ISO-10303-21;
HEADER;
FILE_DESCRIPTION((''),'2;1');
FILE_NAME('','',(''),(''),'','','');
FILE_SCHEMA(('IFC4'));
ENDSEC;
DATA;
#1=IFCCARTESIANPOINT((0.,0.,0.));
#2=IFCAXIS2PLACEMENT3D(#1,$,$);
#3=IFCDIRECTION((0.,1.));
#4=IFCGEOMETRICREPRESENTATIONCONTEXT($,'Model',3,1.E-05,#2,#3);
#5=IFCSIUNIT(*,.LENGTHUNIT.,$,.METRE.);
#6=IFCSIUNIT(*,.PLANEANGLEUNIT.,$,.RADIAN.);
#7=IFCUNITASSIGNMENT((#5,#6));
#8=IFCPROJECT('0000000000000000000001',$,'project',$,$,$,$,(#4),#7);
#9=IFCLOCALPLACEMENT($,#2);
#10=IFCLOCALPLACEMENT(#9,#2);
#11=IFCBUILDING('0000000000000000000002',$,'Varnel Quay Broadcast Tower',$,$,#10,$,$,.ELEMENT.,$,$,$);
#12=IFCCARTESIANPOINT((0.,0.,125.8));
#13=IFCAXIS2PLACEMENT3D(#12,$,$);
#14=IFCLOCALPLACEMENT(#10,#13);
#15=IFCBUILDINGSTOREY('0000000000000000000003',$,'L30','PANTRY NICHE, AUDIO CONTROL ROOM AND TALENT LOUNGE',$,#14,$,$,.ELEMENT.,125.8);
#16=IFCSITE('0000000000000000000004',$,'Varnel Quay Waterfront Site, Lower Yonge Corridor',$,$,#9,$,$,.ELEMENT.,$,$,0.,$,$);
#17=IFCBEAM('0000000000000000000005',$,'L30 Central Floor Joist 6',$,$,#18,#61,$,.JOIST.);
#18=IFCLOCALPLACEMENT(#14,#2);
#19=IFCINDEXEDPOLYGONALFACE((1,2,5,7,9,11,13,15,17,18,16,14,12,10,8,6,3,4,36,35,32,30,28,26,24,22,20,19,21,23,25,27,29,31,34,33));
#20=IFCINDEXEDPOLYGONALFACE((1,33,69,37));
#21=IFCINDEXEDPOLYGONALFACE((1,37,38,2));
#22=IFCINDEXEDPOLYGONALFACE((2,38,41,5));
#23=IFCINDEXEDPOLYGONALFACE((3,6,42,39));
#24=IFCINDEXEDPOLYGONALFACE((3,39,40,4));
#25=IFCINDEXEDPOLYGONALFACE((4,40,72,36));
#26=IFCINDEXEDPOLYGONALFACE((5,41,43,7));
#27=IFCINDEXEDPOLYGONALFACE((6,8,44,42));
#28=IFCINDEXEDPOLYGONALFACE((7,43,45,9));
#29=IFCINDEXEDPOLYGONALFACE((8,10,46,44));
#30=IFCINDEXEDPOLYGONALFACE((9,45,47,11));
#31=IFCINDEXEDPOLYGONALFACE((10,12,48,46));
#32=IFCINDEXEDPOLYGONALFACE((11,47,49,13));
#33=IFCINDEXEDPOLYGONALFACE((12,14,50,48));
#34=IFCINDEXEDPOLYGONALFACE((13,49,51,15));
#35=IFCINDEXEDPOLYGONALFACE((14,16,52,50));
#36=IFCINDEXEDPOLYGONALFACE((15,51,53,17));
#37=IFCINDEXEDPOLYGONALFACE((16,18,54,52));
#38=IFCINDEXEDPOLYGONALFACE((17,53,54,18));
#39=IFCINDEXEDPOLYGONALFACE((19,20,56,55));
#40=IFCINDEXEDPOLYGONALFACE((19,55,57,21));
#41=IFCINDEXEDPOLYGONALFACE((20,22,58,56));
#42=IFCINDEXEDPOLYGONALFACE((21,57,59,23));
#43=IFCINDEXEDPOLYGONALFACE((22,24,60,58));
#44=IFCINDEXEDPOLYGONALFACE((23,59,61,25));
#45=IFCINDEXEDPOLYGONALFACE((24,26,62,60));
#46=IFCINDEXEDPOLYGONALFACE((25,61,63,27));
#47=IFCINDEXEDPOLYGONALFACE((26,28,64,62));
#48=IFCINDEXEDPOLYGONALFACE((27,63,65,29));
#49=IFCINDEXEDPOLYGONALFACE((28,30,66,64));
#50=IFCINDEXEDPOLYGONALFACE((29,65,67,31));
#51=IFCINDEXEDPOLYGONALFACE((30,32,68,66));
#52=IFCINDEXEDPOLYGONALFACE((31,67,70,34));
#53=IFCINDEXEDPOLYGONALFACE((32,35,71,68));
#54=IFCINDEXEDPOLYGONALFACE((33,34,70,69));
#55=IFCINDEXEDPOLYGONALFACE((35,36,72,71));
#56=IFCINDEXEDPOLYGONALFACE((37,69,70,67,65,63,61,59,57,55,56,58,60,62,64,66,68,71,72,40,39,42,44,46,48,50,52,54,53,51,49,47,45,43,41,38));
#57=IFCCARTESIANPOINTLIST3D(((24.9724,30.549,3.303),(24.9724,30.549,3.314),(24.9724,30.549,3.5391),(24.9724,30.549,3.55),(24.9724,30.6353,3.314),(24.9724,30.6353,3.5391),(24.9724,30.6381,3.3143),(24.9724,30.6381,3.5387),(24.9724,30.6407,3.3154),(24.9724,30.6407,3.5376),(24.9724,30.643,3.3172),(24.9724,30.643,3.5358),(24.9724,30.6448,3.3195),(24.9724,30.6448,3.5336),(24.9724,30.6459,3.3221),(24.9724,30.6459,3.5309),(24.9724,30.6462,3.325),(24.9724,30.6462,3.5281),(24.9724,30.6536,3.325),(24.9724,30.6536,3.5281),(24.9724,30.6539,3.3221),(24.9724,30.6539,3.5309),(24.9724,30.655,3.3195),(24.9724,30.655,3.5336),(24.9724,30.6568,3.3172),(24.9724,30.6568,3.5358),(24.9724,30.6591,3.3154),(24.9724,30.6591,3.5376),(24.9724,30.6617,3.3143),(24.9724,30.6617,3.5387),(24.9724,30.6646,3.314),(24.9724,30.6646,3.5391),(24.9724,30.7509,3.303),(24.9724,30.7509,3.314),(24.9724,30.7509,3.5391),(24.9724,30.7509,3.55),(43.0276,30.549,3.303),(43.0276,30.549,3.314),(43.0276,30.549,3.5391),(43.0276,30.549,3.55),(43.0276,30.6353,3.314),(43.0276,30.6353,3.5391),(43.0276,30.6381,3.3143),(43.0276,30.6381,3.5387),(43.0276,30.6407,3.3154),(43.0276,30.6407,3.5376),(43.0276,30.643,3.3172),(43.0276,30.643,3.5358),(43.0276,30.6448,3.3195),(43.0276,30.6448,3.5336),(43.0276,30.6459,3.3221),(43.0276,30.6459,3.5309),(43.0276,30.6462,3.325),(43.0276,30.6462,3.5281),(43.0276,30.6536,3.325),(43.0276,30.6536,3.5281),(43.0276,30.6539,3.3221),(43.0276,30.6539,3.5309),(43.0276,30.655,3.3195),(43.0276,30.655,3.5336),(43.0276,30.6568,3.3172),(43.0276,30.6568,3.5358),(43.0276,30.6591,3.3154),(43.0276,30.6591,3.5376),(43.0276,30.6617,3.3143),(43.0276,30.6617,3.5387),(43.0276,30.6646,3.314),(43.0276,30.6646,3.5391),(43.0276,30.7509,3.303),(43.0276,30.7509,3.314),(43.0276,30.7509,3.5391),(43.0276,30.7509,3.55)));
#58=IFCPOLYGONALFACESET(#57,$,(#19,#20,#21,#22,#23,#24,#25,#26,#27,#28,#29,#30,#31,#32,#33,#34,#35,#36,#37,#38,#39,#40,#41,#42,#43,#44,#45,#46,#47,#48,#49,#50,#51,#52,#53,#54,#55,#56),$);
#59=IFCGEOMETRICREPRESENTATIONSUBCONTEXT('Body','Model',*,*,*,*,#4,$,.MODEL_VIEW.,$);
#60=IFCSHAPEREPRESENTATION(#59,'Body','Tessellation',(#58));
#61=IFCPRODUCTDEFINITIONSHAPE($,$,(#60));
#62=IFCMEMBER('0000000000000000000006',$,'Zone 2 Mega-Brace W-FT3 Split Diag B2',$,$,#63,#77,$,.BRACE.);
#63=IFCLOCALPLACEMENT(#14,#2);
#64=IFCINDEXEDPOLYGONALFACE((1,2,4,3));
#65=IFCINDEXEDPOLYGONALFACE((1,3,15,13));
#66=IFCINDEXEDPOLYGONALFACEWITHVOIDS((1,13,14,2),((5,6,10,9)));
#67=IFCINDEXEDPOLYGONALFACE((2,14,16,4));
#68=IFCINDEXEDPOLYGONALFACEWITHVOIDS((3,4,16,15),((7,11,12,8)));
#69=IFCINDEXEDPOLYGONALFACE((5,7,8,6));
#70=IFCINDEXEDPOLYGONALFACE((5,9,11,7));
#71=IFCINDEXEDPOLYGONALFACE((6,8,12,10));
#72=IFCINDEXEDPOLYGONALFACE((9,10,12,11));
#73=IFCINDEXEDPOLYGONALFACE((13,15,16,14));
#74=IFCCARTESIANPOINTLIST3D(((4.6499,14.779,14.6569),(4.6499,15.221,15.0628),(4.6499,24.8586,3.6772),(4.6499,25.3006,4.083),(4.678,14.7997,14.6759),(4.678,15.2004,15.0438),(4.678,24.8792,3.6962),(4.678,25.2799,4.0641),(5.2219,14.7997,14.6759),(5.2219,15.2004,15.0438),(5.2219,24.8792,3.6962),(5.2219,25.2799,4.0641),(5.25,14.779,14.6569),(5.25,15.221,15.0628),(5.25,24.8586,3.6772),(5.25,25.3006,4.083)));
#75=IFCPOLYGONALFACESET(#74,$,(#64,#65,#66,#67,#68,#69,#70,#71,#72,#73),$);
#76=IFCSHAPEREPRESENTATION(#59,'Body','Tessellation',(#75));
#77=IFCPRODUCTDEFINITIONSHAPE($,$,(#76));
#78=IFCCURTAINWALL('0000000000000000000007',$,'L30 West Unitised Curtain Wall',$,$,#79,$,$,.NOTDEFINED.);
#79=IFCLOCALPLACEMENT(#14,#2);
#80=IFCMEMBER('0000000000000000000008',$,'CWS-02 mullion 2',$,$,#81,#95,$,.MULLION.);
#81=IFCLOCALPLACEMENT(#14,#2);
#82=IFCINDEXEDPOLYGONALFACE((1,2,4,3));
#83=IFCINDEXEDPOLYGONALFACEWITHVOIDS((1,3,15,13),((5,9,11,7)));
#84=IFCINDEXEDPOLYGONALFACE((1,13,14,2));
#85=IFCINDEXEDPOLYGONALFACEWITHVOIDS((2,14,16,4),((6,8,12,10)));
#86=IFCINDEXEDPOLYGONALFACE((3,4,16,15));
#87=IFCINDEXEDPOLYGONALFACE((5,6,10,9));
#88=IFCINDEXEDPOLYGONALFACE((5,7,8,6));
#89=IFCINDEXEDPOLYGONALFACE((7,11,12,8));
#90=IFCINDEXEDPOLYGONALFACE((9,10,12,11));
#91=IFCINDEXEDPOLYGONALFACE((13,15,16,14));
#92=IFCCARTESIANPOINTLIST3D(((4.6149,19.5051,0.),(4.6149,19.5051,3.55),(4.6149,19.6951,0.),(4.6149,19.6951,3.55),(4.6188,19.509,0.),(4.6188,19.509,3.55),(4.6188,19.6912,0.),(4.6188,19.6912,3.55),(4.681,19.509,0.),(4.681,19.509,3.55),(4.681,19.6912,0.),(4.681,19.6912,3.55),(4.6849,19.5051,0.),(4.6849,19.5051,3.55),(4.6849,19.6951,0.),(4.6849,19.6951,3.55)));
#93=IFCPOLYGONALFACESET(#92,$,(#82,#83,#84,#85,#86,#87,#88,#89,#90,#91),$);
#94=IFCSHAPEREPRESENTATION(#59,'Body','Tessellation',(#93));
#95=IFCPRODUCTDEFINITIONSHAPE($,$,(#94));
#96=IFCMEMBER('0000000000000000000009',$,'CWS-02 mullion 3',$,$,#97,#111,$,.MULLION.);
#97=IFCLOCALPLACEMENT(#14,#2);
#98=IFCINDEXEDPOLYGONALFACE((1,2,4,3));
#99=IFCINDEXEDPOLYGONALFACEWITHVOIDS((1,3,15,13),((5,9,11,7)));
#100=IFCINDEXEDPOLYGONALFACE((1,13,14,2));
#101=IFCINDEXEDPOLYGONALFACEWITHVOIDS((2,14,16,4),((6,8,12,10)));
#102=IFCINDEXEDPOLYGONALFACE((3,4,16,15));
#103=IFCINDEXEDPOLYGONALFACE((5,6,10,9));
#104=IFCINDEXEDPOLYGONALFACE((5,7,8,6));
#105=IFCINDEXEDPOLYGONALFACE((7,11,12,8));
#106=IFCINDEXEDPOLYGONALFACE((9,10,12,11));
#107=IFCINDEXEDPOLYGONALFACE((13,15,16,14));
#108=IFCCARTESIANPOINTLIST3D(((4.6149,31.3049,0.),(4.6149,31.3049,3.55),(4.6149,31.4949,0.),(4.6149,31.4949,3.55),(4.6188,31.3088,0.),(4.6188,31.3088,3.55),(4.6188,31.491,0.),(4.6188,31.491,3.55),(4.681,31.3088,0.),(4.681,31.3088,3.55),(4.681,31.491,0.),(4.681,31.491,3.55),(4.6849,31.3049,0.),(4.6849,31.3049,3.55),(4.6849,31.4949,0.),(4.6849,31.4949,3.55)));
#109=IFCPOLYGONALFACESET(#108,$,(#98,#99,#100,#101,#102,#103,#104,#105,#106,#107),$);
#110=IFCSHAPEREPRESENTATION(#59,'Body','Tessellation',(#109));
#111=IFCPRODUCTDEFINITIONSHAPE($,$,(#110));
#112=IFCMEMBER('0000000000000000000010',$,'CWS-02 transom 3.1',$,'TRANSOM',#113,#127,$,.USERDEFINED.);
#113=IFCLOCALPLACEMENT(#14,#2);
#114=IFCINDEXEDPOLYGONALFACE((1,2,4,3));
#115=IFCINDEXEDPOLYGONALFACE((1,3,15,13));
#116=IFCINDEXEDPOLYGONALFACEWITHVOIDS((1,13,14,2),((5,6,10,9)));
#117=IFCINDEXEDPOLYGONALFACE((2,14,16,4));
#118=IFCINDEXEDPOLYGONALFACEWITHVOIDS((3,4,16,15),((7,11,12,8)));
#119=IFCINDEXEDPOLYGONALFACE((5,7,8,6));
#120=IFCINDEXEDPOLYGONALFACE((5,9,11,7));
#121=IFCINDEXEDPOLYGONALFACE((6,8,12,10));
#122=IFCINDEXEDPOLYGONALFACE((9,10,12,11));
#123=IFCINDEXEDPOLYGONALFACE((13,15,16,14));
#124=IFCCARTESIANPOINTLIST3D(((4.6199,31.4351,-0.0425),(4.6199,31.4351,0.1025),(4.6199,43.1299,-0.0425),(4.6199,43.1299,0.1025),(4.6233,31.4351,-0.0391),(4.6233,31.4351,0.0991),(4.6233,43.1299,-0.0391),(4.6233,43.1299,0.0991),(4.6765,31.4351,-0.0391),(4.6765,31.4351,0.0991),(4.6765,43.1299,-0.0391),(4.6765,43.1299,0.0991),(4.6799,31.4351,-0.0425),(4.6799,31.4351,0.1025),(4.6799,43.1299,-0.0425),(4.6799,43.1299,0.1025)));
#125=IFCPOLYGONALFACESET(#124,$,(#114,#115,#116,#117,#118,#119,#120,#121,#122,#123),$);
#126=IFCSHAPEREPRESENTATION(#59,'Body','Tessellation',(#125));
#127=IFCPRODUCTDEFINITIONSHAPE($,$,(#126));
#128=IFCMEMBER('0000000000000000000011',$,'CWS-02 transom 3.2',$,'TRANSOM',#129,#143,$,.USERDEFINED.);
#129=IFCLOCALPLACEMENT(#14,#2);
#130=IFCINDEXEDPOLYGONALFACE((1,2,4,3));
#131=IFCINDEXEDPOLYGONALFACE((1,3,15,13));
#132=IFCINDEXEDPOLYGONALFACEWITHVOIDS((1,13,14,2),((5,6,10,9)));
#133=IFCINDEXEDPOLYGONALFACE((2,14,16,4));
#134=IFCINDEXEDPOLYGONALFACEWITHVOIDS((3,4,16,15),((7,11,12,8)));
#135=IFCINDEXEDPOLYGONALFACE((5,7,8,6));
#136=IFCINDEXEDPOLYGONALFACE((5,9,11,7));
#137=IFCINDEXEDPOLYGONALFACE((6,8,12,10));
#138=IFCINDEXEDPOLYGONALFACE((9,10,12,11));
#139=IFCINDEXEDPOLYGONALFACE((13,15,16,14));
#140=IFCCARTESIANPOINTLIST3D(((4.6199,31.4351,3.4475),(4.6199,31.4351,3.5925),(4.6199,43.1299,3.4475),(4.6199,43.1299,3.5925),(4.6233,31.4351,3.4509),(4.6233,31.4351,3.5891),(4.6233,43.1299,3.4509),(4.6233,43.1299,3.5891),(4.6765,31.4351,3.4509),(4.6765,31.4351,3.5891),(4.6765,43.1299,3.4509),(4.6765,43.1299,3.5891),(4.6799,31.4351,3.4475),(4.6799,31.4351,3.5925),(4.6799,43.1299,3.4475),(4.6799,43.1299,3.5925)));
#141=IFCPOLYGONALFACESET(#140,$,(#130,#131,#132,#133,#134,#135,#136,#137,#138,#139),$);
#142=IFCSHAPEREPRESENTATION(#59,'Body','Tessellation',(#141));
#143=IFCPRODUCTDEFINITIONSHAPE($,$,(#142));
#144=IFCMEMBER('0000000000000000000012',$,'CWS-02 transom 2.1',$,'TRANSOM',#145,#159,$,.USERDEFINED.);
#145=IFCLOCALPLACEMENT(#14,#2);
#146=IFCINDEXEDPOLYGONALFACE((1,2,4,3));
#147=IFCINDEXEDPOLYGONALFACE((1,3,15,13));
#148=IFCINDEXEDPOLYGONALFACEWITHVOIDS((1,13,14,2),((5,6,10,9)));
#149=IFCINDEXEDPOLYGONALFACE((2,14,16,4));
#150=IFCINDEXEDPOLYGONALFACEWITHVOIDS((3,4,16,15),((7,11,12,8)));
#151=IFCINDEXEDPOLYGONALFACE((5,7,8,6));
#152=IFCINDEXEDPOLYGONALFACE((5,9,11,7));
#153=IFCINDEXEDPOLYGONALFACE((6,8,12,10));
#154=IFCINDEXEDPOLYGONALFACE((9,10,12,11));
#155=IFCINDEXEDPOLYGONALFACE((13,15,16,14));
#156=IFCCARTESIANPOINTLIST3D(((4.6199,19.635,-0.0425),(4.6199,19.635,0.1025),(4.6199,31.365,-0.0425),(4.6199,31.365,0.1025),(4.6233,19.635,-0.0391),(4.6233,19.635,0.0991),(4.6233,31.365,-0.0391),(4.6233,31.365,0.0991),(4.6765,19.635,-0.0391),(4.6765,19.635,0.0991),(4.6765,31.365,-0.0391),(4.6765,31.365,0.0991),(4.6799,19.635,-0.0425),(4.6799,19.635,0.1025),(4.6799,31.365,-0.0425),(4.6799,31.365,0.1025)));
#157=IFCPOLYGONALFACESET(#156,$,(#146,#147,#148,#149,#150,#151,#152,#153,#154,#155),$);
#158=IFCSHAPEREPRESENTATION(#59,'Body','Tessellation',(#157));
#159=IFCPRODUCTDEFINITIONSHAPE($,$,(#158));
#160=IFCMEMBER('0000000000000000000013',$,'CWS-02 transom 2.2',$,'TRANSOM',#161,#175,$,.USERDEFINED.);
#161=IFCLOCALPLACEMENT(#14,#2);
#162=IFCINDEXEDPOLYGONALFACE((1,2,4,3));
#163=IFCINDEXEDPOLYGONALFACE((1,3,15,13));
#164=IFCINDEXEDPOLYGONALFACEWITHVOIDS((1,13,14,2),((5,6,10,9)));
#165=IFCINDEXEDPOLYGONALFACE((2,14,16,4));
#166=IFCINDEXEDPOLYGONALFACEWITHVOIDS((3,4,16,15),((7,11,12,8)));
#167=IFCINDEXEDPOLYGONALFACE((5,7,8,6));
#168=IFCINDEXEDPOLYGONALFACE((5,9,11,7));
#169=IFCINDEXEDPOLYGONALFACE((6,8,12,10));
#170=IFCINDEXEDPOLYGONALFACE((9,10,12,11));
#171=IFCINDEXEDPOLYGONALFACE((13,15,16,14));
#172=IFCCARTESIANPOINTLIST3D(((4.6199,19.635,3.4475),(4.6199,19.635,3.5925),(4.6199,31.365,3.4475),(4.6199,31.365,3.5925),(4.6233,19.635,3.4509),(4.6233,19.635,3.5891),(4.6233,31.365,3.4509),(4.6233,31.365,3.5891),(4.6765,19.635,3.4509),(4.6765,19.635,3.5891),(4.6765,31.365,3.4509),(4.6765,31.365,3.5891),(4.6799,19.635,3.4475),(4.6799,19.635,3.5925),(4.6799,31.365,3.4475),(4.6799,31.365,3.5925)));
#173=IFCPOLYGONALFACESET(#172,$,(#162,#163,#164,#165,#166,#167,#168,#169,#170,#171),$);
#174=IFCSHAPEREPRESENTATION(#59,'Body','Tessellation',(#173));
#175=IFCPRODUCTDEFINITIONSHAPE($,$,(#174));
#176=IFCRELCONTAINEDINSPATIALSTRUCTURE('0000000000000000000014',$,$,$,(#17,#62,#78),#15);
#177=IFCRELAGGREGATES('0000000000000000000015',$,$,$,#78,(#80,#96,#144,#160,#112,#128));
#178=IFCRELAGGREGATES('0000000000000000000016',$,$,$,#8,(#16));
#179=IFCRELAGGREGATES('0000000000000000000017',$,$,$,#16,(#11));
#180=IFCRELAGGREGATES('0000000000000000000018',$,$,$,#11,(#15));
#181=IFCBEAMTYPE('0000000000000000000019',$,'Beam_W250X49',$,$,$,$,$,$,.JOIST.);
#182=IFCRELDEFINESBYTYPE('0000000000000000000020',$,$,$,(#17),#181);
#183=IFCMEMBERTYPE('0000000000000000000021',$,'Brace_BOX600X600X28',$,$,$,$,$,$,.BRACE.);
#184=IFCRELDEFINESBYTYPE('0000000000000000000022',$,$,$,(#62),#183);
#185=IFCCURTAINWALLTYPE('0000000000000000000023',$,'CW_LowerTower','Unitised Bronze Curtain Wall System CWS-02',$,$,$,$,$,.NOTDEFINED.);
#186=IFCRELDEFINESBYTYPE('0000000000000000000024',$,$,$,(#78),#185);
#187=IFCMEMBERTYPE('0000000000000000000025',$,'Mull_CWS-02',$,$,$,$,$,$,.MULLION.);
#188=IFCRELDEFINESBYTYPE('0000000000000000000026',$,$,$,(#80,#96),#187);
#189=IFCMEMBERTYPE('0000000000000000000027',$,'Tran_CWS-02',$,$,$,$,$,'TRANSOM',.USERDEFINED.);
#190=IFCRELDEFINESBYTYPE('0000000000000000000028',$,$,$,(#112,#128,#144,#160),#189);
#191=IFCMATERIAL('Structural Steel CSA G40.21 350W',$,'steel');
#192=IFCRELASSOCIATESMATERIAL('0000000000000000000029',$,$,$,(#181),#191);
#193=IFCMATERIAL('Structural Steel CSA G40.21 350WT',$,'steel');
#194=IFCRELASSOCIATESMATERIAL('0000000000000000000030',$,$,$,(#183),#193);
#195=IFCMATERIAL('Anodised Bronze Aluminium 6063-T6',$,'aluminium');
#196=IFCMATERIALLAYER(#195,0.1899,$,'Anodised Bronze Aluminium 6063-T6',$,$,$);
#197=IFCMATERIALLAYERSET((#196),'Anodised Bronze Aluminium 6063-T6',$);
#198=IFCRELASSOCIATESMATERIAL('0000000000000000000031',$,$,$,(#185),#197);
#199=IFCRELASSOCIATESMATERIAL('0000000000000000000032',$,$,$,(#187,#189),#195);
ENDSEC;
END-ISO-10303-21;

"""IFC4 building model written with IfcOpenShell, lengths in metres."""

from ifc_helpers import new_model, si_unit, direction, frame, origin, origin_2d, place, context, subcontext, project, spatial, hollow_rectangle, i_section, extrude, source, transform, mapped, material, layer, layer_set, material_profile, profile_set, type_object, type_shapes, element, aggregate, save


model = new_model("IFC4")

# Units and contexts
model_context = context("Model", 3, precision=1e-05, world=origin(), true_north=direction((0.0, 1.0)))
body_context = subcontext(model_context, "Body", "Model", "MODEL_VIEW")
ifc_project = project(units=[si_unit("LENGTHUNIT", "METRE"), si_unit("PLANEANGLEUNIT", "RADIAN")], contexts=[model_context])

# Site, building, storey
site_placement = place(None, origin())
site = spatial("IfcSite", under=ifc_project, at=site_placement, Name="Varnel Quay Waterfront Site, Lower Yonge Corridor", CompositionType="ELEMENT", RefElevation=0.0)
building_placement = place(site_placement, origin())
building = spatial("IfcBuilding", under=site, at=building_placement, Name="Varnel Quay Broadcast Tower", CompositionType="ELEMENT")
storey_placement = place(building_placement, frame((0.0, 0.0, 125.8)))
storey = spatial("IfcBuildingStorey", under=building, at=storey_placement, Name="L30", Description="PANTRY NICHE, AUDIO CONTROL ROOM AND TALENT LOUNGE", CompositionType="ELEMENT", Elevation=125.8)

# Shared definitions
ifc_material_1 = material(Name="Structural Steel CSA G40.21 350WT", Category="steel")
ifc_material_2 = material(Name="Structural Steel CSA G40.21 350W", Category="steel")

# Beam
ifc_material_profile_1 = material_profile(ifc_material_2, i_section(OverallWidth=0.2019, OverallDepth=0.2471, WebThickness=0.0073, FlangeThickness=0.011, FilletRadius=0.011, at=origin_2d()), Name="W250X49")
ifc_profile_set_1 = profile_set([ifc_material_profile_1], Name="Structural Steel CSA G40.21 350W")
beam_type_1 = type_object("IfcBeamType", Name="Beam_W250X49", PredefinedType="JOIST", material=ifc_profile_set_1)
shared_shape_1 = source(origin(), body_context, "Body", "SweptSolid", [
    extrude(i_section(OverallWidth=0.2019, OverallDepth=0.2471, WebThickness=0.0073, FlangeThickness=0.011, FilletRadius=0.011, at=origin_2d()), origin(), (0.0, 0.0, 1.0), 18.0552),
])
for number, where, z_axis, x_axis, name in (
    (1, (24.9724, 30.6499, 3.4265), (1.0, 0.0, 0.0), (0.0, 1.0, 0.0), "L30 Central Floor Joist 6"),
):
    element("IfcBeam", number, at=place(storey_placement, frame(where, z_axis=z_axis, x_axis=x_axis)), inside=storey, type_object=beam_type_1, Name=name, PredefinedType="JOIST", context=body_context, shape_type="MappedRepresentation", body=[
        mapped(shared_shape_1, transform((0.0, 0.0, 0.0), x_axis=(1.0, 0.0, 0.0), y_axis=(0.0, 1.0, 0.0), z_axis=(0.0, 0.0, 1.0), scale=1.0)),
    ])

# Member
ifc_material_profile_2 = material_profile(ifc_material_1, hollow_rectangle(XDim=0.6001, YDim=0.6001, WallThickness=0.0281, at=origin_2d()), Name="BOX600X600X28")
ifc_profile_set_2 = profile_set([ifc_material_profile_2], Name="Structural Steel CSA G40.21 350WT")
member_type_1 = type_object("IfcMemberType", Name="Brace_BOX600X600X28", PredefinedType="BRACE", material=ifc_profile_set_2)
shared_shape_2 = source(origin(), body_context, "Body", "SweptSolid", [
    extrude(hollow_rectangle(XDim=0.6001, YDim=0.6001, WallThickness=0.0281, at=origin_2d()), origin(), (0.0, 0.0, 1.0), 14.9048),
])
type_shapes(member_type_1, [shared_shape_2])
member_1_placement = place(storey_placement, frame((4.95, 25.0796, 3.8801), z_axis=(0.0, -0.676265, 0.736658), x_axis=(1.0, 0.0, 0.0)))
element("IfcMember", 2, at=member_1_placement, inside=storey, type_object=member_type_1, Name="Zone 2 Mega-Brace W-FT3 Split Diag B2", PredefinedType="BRACE", context=body_context, shape_type="MappedRepresentation", body=[
    mapped(shared_shape_2, transform((0.0, 0.0, 0.0), x_axis=(1.0, 0.0, 0.0), y_axis=(0.0, 1.0, 0.0), z_axis=(0.0, 0.0, 1.0), scale=1.0)),
])

# Curtain wall, members
ifc_material_3 = material(Name="Anodised Bronze Aluminium 6063-T6", Category="aluminium")
ifc_layer_1 = layer(ifc_material_3, 0.1899, Name="Anodised Bronze Aluminium 6063-T6")
ifc_layer_set_1 = layer_set([ifc_layer_1], Name="Anodised Bronze Aluminium 6063-T6")
curtain_wall_type = type_object("IfcCurtainWallType", Name="CW_LowerTower", Description="Unitised Bronze Curtain Wall System CWS-02", PredefinedType="NOTDEFINED", material=ifc_layer_set_1)
curtain_wall_placement = place(storey_placement, origin())
curtain_wall = element("IfcCurtainWall", 3, at=curtain_wall_placement, inside=storey, type_object=curtain_wall_type, Name="L30 West Unitised Curtain Wall", PredefinedType="NOTDEFINED")
ifc_material_profile_3 = material_profile(ifc_material_3, hollow_rectangle(XDim=0.0701, YDim=0.1899, WallThickness=0.0039, at=origin_2d()), Name="ALU70X190X4")
ifc_profile_set_3 = profile_set([ifc_material_profile_3], Name="Anodised Bronze Aluminium 6063-T6")
member_type_2 = type_object("IfcMemberType", Name="Mull_CWS-02", PredefinedType="MULLION", material=ifc_profile_set_3)
shared_shape_3 = source(origin(), body_context, "Body", "SweptSolid", [
    extrude(hollow_rectangle(XDim=0.0701, YDim=0.1899, WallThickness=0.0039, at=origin_2d()), origin(), (0.0, 0.0, 1.0), 3.55),
])
type_shapes(member_type_2, [shared_shape_3])
member_2_placement = place(storey_placement, frame((4.6499, 19.6001, 0.0), z_axis=(0.0, 0.0, 1.0), x_axis=(-1.0, 0.0, 0.0)))
member_2 = element("IfcMember", 4, at=member_2_placement, type_object=member_type_2, Name="CWS-02 mullion 2", PredefinedType="MULLION", context=body_context, shape_type="MappedRepresentation", body=[
    mapped(shared_shape_3, transform((0.0, 0.0, 0.0), x_axis=(1.0, 0.0, 0.0), y_axis=(0.0, 1.0, 0.0), z_axis=(0.0, 0.0, 1.0), scale=1.0)),
])
member_3_placement = place(storey_placement, frame((4.6499, 31.3999, 0.0), z_axis=(0.0, 0.0, 1.0), x_axis=(-1.0, 0.0, 0.0)))
member_3 = element("IfcMember", 5, at=member_3_placement, type_object=member_type_2, Name="CWS-02 mullion 3", PredefinedType="MULLION", context=body_context, shape_type="MappedRepresentation", body=[
    mapped(shared_shape_3, transform((0.0, 0.0, 0.0), x_axis=(1.0, 0.0, 0.0), y_axis=(0.0, 1.0, 0.0), z_axis=(0.0, 0.0, 1.0), scale=1.0)),
])
ifc_material_profile_4 = material_profile(ifc_material_3, hollow_rectangle(XDim=0.0601, YDim=0.145, WallThickness=0.0034, at=origin_2d()), Name="ALU60X145X3.5")
ifc_profile_set_4 = profile_set([ifc_material_profile_4], Name="Anodised Bronze Aluminium 6063-T6")
member_type_3 = type_object("IfcMemberType", Name="Tran_CWS-02", ElementType="TRANSOM", PredefinedType="USERDEFINED", material=ifc_profile_set_4)
shared_shape_4 = source(origin(), body_context, "Body", "SweptSolid", [
    extrude(hollow_rectangle(XDim=0.0601, YDim=0.145, WallThickness=0.0034, at=origin_2d()), origin(), (0.0, 0.0, 1.0), 11.6948),
])
member_4_placement = place(storey_placement, frame((4.6499, 31.4351, 0.03), z_axis=(0.0, 1.0, 0.0), x_axis=(-1.0, 0.0, 0.0)))
member_4 = element("IfcMember", 6, at=member_4_placement, type_object=member_type_3, Name="CWS-02 transom 3.1", ObjectType="TRANSOM", PredefinedType="USERDEFINED", context=body_context, shape_type="MappedRepresentation", body=[
    mapped(shared_shape_4, transform((0.0, 0.0, 0.0), x_axis=(1.0, 0.0, 0.0), y_axis=(0.0, 1.0, 0.0), z_axis=(0.0, 0.0, 1.0), scale=1.0)),
])
member_5_placement = place(storey_placement, frame((4.6499, 31.4351, 3.52), z_axis=(0.0, 1.0, 0.0), x_axis=(-1.0, 0.0, 0.0)))
member_5 = element("IfcMember", 7, at=member_5_placement, type_object=member_type_3, Name="CWS-02 transom 3.2", ObjectType="TRANSOM", PredefinedType="USERDEFINED", context=body_context, shape_type="MappedRepresentation", body=[
    mapped(shared_shape_4, transform((0.0, 0.0, 0.0), x_axis=(1.0, 0.0, 0.0), y_axis=(0.0, 1.0, 0.0), z_axis=(0.0, 0.0, 1.0), scale=1.0)),
])
shared_shape_5 = source(origin(), body_context, "Body", "SweptSolid", [
    extrude(hollow_rectangle(XDim=0.0601, YDim=0.145, WallThickness=0.0034, at=origin_2d()), origin(), (0.0, 0.0, 1.0), 11.73),
])
type_shapes(member_type_3, [shared_shape_4, shared_shape_5])
member_6_placement = place(storey_placement, frame((4.6499, 19.635, 0.03), z_axis=(0.0, 1.0, 0.0), x_axis=(-1.0, 0.0, 0.0)))
member_6 = element("IfcMember", 8, at=member_6_placement, type_object=member_type_3, Name="CWS-02 transom 2.1", ObjectType="TRANSOM", PredefinedType="USERDEFINED", context=body_context, shape_type="MappedRepresentation", body=[
    mapped(shared_shape_5, transform((0.0, 0.0, 0.0), x_axis=(1.0, 0.0, 0.0), y_axis=(0.0, 1.0, 0.0), z_axis=(0.0, 0.0, 1.0), scale=1.0)),
])
member_7_placement = place(storey_placement, frame((4.6499, 19.635, 3.52), z_axis=(0.0, 1.0, 0.0), x_axis=(-1.0, 0.0, 0.0)))
member_7 = element("IfcMember", 9, at=member_7_placement, type_object=member_type_3, Name="CWS-02 transom 2.2", ObjectType="TRANSOM", PredefinedType="USERDEFINED", context=body_context, shape_type="MappedRepresentation", body=[
    mapped(shared_shape_5, transform((0.0, 0.0, 0.0), x_axis=(1.0, 0.0, 0.0), y_axis=(0.0, 1.0, 0.0), z_axis=(0.0, 0.0, 1.0), scale=1.0)),
])

aggregate(curtain_wall, [member_2, member_3, member_6, member_7, member_4, member_5])

save(model, "model.ifc")
